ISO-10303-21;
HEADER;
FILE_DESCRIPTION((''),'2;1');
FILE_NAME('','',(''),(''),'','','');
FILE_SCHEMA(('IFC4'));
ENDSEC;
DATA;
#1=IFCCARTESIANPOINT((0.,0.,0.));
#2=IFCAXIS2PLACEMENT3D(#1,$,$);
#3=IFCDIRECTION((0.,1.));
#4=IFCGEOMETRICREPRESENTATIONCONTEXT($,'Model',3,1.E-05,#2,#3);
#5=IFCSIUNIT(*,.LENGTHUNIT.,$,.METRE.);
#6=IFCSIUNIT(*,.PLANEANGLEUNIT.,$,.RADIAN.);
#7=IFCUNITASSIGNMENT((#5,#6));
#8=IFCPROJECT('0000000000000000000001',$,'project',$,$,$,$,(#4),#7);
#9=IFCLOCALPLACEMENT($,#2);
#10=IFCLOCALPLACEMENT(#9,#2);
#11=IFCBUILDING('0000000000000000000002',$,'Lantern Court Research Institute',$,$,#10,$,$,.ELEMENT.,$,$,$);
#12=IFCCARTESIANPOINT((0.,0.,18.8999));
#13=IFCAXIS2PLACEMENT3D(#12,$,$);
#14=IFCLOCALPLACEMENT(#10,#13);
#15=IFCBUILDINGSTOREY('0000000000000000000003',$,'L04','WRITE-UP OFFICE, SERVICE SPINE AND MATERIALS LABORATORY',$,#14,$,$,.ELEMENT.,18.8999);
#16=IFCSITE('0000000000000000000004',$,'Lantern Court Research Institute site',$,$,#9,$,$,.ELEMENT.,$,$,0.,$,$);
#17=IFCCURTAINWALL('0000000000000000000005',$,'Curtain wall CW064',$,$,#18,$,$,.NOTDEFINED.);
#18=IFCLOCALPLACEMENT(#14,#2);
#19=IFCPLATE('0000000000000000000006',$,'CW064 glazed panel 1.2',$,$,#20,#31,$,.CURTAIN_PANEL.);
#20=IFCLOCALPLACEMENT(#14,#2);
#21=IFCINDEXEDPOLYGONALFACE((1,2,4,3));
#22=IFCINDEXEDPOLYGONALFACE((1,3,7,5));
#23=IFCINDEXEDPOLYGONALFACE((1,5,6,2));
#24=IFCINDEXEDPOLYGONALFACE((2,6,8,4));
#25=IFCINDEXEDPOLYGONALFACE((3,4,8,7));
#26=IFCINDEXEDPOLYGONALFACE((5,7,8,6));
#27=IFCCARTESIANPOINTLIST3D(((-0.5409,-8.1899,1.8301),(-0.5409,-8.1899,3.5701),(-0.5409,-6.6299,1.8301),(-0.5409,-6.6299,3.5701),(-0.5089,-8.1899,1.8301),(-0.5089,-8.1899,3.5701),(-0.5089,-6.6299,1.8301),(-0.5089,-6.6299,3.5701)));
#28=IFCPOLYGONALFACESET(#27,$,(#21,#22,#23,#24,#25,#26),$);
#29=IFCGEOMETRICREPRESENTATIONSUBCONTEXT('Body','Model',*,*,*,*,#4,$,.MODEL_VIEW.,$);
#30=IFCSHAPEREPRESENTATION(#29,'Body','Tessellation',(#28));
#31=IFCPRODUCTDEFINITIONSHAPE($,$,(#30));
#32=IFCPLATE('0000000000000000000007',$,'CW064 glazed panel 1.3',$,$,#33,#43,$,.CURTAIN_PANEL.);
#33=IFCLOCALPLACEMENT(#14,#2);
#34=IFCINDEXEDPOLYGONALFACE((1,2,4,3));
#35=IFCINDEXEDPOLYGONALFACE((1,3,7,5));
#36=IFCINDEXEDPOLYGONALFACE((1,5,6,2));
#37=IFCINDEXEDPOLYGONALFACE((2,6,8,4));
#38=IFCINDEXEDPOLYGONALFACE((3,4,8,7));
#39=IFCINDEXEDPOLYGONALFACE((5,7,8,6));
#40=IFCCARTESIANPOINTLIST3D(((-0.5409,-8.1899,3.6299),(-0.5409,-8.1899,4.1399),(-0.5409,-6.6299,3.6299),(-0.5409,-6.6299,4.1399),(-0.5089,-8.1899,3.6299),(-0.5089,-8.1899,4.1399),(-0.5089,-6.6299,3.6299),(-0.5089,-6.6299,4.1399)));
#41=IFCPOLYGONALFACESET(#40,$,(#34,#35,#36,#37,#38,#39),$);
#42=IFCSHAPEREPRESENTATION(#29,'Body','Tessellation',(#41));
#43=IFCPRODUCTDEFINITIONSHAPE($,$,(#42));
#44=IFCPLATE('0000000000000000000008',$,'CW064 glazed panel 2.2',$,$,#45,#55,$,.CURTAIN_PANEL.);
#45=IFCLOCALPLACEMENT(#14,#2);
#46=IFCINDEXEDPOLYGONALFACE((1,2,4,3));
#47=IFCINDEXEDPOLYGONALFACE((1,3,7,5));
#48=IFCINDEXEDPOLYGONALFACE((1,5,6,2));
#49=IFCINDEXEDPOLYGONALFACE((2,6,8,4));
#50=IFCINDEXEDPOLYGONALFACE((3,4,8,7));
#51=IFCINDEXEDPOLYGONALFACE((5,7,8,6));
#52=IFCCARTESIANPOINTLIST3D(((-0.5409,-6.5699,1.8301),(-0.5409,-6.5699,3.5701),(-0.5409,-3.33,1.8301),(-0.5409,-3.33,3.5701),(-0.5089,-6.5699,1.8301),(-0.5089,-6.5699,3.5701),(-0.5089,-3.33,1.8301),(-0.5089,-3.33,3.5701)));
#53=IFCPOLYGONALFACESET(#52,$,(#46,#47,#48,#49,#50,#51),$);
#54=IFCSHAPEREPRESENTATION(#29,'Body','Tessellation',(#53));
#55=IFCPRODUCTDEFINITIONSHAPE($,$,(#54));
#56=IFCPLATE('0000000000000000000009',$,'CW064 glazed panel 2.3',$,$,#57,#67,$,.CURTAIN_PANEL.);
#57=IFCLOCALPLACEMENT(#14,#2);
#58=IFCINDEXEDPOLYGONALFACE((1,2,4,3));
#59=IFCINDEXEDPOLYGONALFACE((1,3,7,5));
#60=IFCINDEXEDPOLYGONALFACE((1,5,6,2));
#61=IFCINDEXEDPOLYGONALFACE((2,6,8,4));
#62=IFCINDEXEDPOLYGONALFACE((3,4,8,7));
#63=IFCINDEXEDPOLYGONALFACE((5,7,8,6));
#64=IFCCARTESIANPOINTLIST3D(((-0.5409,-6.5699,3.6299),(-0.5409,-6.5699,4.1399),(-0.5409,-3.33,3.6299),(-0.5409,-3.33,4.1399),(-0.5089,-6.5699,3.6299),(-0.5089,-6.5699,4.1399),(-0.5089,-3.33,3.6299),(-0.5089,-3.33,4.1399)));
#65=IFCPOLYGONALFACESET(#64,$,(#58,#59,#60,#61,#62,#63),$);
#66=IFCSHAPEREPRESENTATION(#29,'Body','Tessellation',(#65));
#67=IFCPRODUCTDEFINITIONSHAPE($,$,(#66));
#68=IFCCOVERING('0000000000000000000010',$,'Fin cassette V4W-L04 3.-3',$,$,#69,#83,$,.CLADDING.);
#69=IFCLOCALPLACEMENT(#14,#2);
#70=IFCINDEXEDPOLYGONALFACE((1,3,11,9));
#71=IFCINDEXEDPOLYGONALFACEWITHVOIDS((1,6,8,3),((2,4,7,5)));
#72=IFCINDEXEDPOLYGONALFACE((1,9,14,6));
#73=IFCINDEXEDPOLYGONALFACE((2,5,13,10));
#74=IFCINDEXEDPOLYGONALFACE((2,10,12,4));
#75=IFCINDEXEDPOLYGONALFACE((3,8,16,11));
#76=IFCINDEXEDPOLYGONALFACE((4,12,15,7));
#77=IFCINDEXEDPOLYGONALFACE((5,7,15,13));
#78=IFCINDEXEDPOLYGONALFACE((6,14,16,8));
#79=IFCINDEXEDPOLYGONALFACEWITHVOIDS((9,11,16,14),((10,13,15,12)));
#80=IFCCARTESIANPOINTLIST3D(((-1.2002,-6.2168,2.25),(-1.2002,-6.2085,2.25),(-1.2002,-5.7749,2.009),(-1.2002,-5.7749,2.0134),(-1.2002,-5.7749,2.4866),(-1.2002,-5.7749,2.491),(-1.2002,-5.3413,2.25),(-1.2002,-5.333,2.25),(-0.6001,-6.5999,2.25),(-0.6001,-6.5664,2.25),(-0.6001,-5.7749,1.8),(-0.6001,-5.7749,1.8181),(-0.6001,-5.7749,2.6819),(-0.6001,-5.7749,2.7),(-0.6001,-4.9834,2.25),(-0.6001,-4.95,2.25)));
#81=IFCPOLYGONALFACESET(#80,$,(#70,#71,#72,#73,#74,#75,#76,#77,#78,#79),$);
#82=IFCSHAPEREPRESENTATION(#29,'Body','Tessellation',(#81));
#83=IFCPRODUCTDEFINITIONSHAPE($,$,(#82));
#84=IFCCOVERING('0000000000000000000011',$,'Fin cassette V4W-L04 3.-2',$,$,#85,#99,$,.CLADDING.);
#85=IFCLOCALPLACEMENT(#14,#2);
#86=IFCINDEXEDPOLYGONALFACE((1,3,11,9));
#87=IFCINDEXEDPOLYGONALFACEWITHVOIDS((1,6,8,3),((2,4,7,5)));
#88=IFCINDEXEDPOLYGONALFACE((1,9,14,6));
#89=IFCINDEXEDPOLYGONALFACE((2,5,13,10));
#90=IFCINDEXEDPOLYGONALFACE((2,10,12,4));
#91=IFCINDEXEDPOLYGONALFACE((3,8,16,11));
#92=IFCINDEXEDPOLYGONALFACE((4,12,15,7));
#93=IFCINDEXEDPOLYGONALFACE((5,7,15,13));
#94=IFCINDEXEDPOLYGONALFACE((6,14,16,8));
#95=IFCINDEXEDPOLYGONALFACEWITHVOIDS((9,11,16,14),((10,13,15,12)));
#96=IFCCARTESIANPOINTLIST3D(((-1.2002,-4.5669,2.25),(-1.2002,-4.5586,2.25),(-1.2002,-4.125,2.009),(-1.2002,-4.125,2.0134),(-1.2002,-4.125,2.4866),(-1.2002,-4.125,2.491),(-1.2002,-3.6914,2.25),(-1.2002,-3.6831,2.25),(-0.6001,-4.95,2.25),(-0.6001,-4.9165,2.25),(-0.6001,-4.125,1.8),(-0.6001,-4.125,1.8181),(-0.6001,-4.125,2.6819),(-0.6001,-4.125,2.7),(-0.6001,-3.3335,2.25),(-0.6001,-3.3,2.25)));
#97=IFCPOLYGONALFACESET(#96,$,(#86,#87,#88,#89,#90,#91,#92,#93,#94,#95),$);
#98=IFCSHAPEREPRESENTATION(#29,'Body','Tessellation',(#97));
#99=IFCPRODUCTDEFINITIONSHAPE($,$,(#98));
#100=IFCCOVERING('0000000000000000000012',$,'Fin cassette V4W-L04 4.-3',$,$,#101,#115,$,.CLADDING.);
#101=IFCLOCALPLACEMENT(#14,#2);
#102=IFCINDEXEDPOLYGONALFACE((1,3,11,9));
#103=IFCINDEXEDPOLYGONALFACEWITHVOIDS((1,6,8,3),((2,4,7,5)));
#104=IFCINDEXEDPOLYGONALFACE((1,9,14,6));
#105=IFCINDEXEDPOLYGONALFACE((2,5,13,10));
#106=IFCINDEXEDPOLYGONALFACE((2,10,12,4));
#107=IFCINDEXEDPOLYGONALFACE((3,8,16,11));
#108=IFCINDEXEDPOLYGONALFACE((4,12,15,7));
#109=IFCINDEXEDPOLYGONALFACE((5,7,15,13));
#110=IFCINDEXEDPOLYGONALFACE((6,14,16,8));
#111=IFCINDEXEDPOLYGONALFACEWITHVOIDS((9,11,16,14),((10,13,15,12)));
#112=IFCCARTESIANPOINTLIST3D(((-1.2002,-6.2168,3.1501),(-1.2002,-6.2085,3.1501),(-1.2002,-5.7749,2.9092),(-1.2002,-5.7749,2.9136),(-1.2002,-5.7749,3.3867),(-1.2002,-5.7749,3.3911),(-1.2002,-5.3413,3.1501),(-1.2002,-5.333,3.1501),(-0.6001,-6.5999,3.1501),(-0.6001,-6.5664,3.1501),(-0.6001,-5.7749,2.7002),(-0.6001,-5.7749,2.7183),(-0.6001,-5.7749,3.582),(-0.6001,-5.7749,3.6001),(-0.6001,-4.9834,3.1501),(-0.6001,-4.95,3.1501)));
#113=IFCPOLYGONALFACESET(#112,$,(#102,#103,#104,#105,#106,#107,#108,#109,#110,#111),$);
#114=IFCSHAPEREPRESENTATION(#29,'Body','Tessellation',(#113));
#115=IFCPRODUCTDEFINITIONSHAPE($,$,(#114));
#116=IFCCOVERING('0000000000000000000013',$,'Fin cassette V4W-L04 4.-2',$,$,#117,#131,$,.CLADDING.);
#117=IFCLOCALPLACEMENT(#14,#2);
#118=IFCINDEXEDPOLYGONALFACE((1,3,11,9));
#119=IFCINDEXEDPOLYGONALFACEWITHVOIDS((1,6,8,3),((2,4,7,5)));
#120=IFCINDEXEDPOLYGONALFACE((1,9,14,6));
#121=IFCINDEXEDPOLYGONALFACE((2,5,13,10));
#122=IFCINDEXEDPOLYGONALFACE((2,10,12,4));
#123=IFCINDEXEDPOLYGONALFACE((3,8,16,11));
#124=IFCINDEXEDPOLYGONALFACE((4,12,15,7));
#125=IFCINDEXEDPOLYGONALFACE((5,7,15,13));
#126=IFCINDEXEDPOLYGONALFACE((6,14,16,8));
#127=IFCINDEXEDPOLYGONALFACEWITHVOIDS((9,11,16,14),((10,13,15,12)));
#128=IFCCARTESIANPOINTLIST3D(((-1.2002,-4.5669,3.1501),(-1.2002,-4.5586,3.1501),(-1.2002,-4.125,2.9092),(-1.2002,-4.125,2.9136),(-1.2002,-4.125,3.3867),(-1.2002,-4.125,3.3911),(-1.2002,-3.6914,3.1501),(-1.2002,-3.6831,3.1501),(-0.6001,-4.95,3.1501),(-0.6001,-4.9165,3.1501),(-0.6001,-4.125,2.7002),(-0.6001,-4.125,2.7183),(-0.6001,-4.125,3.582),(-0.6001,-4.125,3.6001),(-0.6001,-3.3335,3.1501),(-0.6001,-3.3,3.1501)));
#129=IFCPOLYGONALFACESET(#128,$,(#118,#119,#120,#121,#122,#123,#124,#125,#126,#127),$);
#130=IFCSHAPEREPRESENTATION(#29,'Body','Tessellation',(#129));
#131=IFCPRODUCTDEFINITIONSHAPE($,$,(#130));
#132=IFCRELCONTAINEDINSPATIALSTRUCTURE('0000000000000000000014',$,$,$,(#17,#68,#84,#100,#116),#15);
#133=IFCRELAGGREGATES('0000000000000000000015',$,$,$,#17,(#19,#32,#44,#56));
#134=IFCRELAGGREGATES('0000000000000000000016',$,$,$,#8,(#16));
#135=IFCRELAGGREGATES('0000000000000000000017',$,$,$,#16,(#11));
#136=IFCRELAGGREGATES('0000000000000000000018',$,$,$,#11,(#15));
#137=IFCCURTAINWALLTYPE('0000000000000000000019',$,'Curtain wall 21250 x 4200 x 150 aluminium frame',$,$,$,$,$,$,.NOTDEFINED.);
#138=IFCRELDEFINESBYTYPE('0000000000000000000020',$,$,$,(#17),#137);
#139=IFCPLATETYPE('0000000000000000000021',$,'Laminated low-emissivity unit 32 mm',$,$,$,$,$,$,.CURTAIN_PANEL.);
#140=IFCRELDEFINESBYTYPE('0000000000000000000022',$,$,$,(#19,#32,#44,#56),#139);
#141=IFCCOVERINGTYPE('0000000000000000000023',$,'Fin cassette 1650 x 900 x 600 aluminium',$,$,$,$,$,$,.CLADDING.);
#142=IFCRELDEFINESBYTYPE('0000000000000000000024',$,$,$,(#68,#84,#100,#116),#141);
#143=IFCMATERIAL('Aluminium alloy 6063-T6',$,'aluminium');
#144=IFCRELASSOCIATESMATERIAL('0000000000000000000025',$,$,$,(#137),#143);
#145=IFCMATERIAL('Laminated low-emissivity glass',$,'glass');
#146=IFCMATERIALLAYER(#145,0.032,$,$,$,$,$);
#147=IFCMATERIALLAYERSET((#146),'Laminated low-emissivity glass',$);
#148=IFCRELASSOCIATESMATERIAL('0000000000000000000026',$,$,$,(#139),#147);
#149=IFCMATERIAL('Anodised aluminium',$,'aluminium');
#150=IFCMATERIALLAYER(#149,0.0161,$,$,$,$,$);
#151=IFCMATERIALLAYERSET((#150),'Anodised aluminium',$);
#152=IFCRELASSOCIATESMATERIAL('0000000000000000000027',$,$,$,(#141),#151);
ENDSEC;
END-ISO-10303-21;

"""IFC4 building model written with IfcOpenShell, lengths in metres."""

from ifc_helpers import new_model, entity, si_unit, direction, frame, origin, origin_2d, place, context, subcontext, project, spatial, rectangle, extrude, material, layer, layer_set, type_object, element, aggregate, save


model = new_model("IFC4")

# Units and contexts
model_context = context("Model", 3, precision=1e-05, world=origin(), true_north=direction((0.0, 1.0)))
body_context = subcontext(model_context, "Body", "Model", "MODEL_VIEW")
ifc_project = project(units=[si_unit("LENGTHUNIT", "METRE"), si_unit("PLANEANGLEUNIT", "RADIAN")], contexts=[model_context])

# Site, building, storey
site_placement = place(None, origin())
site = spatial("IfcSite", under=ifc_project, at=site_placement, Name="Lantern Court Research Institute site", CompositionType="ELEMENT", RefElevation=0.0)
building_placement = place(site_placement, origin())
building = spatial("IfcBuilding", under=site, at=building_placement, Name="Lantern Court Research Institute", CompositionType="ELEMENT")
storey_placement = place(building_placement, frame((0.0, 0.0, 18.8999)))
storey = spatial("IfcBuildingStorey", under=building, at=storey_placement, Name="L04", Description="WRITE-UP OFFICE, SERVICE SPINE AND MATERIALS LABORATORY", CompositionType="ELEMENT", Elevation=18.8999)

# Curtain wall
ifc_material_1 = material(Name="Aluminium alloy 6063-T6", Category="aluminium")
curtain_wall_type = type_object("IfcCurtainWallType", Name="Curtain wall 21250 x 4200 x 150 aluminium frame", PredefinedType="NOTDEFINED", material=ifc_material_1)
curtain_wall_placement = place(storey_placement, origin())
curtain_wall = element("IfcCurtainWall", 1, at=curtain_wall_placement, inside=storey, type_object=curtain_wall_type, Name="Curtain wall CW064", PredefinedType="NOTDEFINED")

# Plates
ifc_material_2 = material(Name="Laminated low-emissivity glass", Category="glass")
ifc_layer_1 = layer(ifc_material_2, 0.032)
ifc_layer_set_1 = layer_set([ifc_layer_1], Name="Laminated low-emissivity glass")
plate_type_1 = type_object("IfcPlateType", Name="Laminated low-emissivity unit 32 mm", PredefinedType="CURTAIN_PANEL", material=ifc_layer_set_1)
plate_1_placement = place(storey_placement, frame((-0.5249, -7.4099, 1.8301), z_axis=(0.0, 0.0, 1.0), x_axis=(0.0, 1.0, 0.0)))
plate_1 = element("IfcPlate", 2, at=plate_1_placement, type_object=plate_type_1, Name="CW064 glazed panel 1.2", PredefinedType="CURTAIN_PANEL", context=body_context, shape_type="SweptSolid", body=[
    extrude(rectangle(XDim=1.5601, YDim=0.032, at=origin_2d()), origin(), (0.0, 0.0, 1.0), 1.74),
])
plate_2_placement = place(storey_placement, frame((-0.5249, -7.4099, 3.6299), z_axis=(0.0, 0.0, 1.0), x_axis=(0.0, 1.0, 0.0)))
plate_2 = element("IfcPlate", 3, at=plate_2_placement, type_object=plate_type_1, Name="CW064 glazed panel 1.3", PredefinedType="CURTAIN_PANEL", context=body_context, shape_type="SweptSolid", body=[
    extrude(rectangle(XDim=1.5601, YDim=0.032, at=origin_2d()), origin(), (0.0, 0.0, 1.0), 0.51),
])
plate_3_placement = place(storey_placement, frame((-0.5249, -4.95, 1.8301), z_axis=(0.0, 0.0, 1.0), x_axis=(0.0, 1.0, 0.0)))
plate_3 = element("IfcPlate", 4, at=plate_3_placement, type_object=plate_type_1, Name="CW064 glazed panel 2.2", PredefinedType="CURTAIN_PANEL", context=body_context, shape_type="SweptSolid", body=[
    extrude(rectangle(XDim=3.24, YDim=0.032, at=origin_2d()), origin(), (0.0, 0.0, 1.0), 1.74),
])
plate_4_placement = place(storey_placement, frame((-0.5249, -4.95, 3.6299), z_axis=(0.0, 0.0, 1.0), x_axis=(0.0, 1.0, 0.0)))
plate_4 = element("IfcPlate", 5, at=plate_4_placement, type_object=plate_type_1, Name="CW064 glazed panel 2.3", PredefinedType="CURTAIN_PANEL", context=body_context, shape_type="SweptSolid", body=[
    extrude(rectangle(XDim=3.24, YDim=0.032, at=origin_2d()), origin(), (0.0, 0.0, 1.0), 0.51),
])
aggregate(curtain_wall, [plate_1, plate_2, plate_3, plate_4])

# Coverings
ifc_material_3 = material(Name="Anodised aluminium", Category="aluminium")
ifc_layer_2 = layer(ifc_material_3, 0.0161)
ifc_layer_set_2 = layer_set([ifc_layer_2], Name="Anodised aluminium")
covering_type = type_object("IfcCoveringType", Name="Fin cassette 1650 x 900 x 600 aluminium", PredefinedType="CLADDING", material=ifc_layer_set_2)
covering_1_placement = place(storey_placement, frame((-0.6001, -5.7749, 2.25), z_axis=(-1.0, 0.0, 0.0), x_axis=(0.0, -1.0, 0.0)))
cartesian_point_1 = entity("IfcCartesianPoint", [0.825, 0.0])
cartesian_point_2 = entity("IfcCartesianPoint", [0.7915, 0.0])
cartesian_point_3 = entity("IfcCartesianPoint", [0.4419, 0.0])
cartesian_point_4 = entity("IfcCartesianPoint", [0.4336, 0.0])
element("IfcCovering", 6, at=covering_1_placement, inside=storey, type_object=covering_type, Name="Fin cassette V4W-L04 3.-3", PredefinedType="CLADDING", context=body_context, shape_type="SweptSolid", body=[
    entity("IfcExtrudedAreaSolidTapered", entity("IfcArbitraryProfileDefWithVoids", "AREA", None, entity("IfcPolyline", [cartesian_point_1, entity("IfcCartesianPoint", [0.0, 0.45]), entity("IfcCartesianPoint", [-0.825, 0.0]), entity("IfcCartesianPoint", [0.0, -0.45]), cartesian_point_1]), [entity("IfcPolyline", [cartesian_point_2, entity("IfcCartesianPoint", [0.0, 0.4319]), entity("IfcCartesianPoint", [-0.7915, 0.0]), entity("IfcCartesianPoint", [0.0, -0.4319]), cartesian_point_2])]), entity("IfcAxis2Placement3D", entity("IfcCartesianPoint", [0.0, 0.0, 0.0])), entity("IfcDirection", [0.0, 0.0, 1.0]), 0.6001, entity("IfcArbitraryProfileDefWithVoids", "AREA", None, entity("IfcPolyline", [cartesian_point_3, entity("IfcCartesianPoint", [0.0, 0.241]), entity("IfcCartesianPoint", [-0.4419, 0.0]), entity("IfcCartesianPoint", [0.0, -0.241]), cartesian_point_3]), [entity("IfcPolyline", [cartesian_point_4, entity("IfcCartesianPoint", [0.0, 0.2366]), entity("IfcCartesianPoint", [-0.4336, 0.0]), entity("IfcCartesianPoint", [0.0, -0.2366]), cartesian_point_4])])),
])
covering_2_placement = place(storey_placement, frame((-0.6001, -4.125, 2.25), z_axis=(-1.0, 0.0, 0.0), x_axis=(0.0, -1.0, 0.0)))
cartesian_point_5 = entity("IfcCartesianPoint", [0.825, 0.0])
cartesian_point_6 = entity("IfcCartesianPoint", [0.7915, 0.0])
cartesian_point_7 = entity("IfcCartesianPoint", [0.4419, 0.0])
cartesian_point_8 = entity("IfcCartesianPoint", [0.4336, 0.0])
element("IfcCovering", 7, at=covering_2_placement, inside=storey, type_object=covering_type, Name="Fin cassette V4W-L04 3.-2", PredefinedType="CLADDING", context=body_context, shape_type="SweptSolid", body=[
    entity("IfcExtrudedAreaSolidTapered", entity("IfcArbitraryProfileDefWithVoids", "AREA", None, entity("IfcPolyline", [cartesian_point_5, entity("IfcCartesianPoint", [0.0, 0.45]), entity("IfcCartesianPoint", [-0.825, 0.0]), entity("IfcCartesianPoint", [0.0, -0.45]), cartesian_point_5]), [entity("IfcPolyline", [cartesian_point_6, entity("IfcCartesianPoint", [0.0, 0.4319]), entity("IfcCartesianPoint", [-0.7915, 0.0]), entity("IfcCartesianPoint", [0.0, -0.4319]), cartesian_point_6])]), entity("IfcAxis2Placement3D", entity("IfcCartesianPoint", [0.0, 0.0, 0.0])), entity("IfcDirection", [0.0, 0.0, 1.0]), 0.6001, entity("IfcArbitraryProfileDefWithVoids", "AREA", None, entity("IfcPolyline", [cartesian_point_7, entity("IfcCartesianPoint", [0.0, 0.241]), entity("IfcCartesianPoint", [-0.4419, 0.0]), entity("IfcCartesianPoint", [0.0, -0.241]), cartesian_point_7]), [entity("IfcPolyline", [cartesian_point_8, entity("IfcCartesianPoint", [0.0, 0.2366]), entity("IfcCartesianPoint", [-0.4336, 0.0]), entity("IfcCartesianPoint", [0.0, -0.2366]), cartesian_point_8])])),
])
covering_3_placement = place(storey_placement, frame((-0.6001, -5.7749, 3.1501), z_axis=(-1.0, 0.0, 0.0), x_axis=(0.0, -1.0, 0.0)))
cartesian_point_9 = entity("IfcCartesianPoint", [0.825, 0.0])
cartesian_point_10 = entity("IfcCartesianPoint", [0.7915, 0.0])
cartesian_point_11 = entity("IfcCartesianPoint", [0.4419, 0.0])
cartesian_point_12 = entity("IfcCartesianPoint", [0.4336, 0.0])
element("IfcCovering", 8, at=covering_3_placement, inside=storey, type_object=covering_type, Name="Fin cassette V4W-L04 4.-3", PredefinedType="CLADDING", context=body_context, shape_type="SweptSolid", body=[
    entity("IfcExtrudedAreaSolidTapered", entity("IfcArbitraryProfileDefWithVoids", "AREA", None, entity("IfcPolyline", [cartesian_point_9, entity("IfcCartesianPoint", [0.0, 0.45]), entity("IfcCartesianPoint", [-0.825, 0.0]), entity("IfcCartesianPoint", [0.0, -0.45]), cartesian_point_9]), [entity("IfcPolyline", [cartesian_point_10, entity("IfcCartesianPoint", [0.0, 0.4319]), entity("IfcCartesianPoint", [-0.7915, 0.0]), entity("IfcCartesianPoint", [0.0, -0.4319]), cartesian_point_10])]), entity("IfcAxis2Placement3D", entity("IfcCartesianPoint", [0.0, 0.0, 0.0])), entity("IfcDirection", [0.0, 0.0, 1.0]), 0.6001, entity("IfcArbitraryProfileDefWithVoids", "AREA", None, entity("IfcPolyline", [cartesian_point_11, entity("IfcCartesianPoint", [0.0, 0.241]), entity("IfcCartesianPoint", [-0.4419, 0.0]), entity("IfcCartesianPoint", [0.0, -0.241]), cartesian_point_11]), [entity("IfcPolyline", [cartesian_point_12, entity("IfcCartesianPoint", [0.0, 0.2366]), entity("IfcCartesianPoint", [-0.4336, 0.0]), entity("IfcCartesianPoint", [0.0, -0.2366]), cartesian_point_12])])),
])
covering_4_placement = place(storey_placement, frame((-0.6001, -4.125, 3.1501), z_axis=(-1.0, 0.0, 0.0), x_axis=(0.0, -1.0, 0.0)))
cartesian_point_13 = entity("IfcCartesianPoint", [0.825, 0.0])
cartesian_point_14 = entity("IfcCartesianPoint", [0.7915, 0.0])
cartesian_point_15 = entity("IfcCartesianPoint", [0.4419, 0.0])
cartesian_point_16 = entity("IfcCartesianPoint", [0.4336, 0.0])
element("IfcCovering", 9, at=covering_4_placement, inside=storey, type_object=covering_type, Name="Fin cassette V4W-L04 4.-2", PredefinedType="CLADDING", context=body_context, shape_type="SweptSolid", body=[
    entity("IfcExtrudedAreaSolidTapered", entity("IfcArbitraryProfileDefWithVoids", "AREA", None, entity("IfcPolyline", [cartesian_point_13, entity("IfcCartesianPoint", [0.0, 0.45]), entity("IfcCartesianPoint", [-0.825, 0.0]), entity("IfcCartesianPoint", [0.0, -0.45]), cartesian_point_13]), [entity("IfcPolyline", [cartesian_point_14, entity("IfcCartesianPoint", [0.0, 0.4319]), entity("IfcCartesianPoint", [-0.7915, 0.0]), entity("IfcCartesianPoint", [0.0, -0.4319]), cartesian_point_14])]), entity("IfcAxis2Placement3D", entity("IfcCartesianPoint", [0.0, 0.0, 0.0])), entity("IfcDirection", [0.0, 0.0, 1.0]), 0.6001, entity("IfcArbitraryProfileDefWithVoids", "AREA", None, entity("IfcPolyline", [cartesian_point_15, entity("IfcCartesianPoint", [0.0, 0.241]), entity("IfcCartesianPoint", [-0.4419, 0.0]), entity("IfcCartesianPoint", [0.0, -0.241]), cartesian_point_15]), [entity("IfcPolyline", [cartesian_point_16, entity("IfcCartesianPoint", [0.0, 0.2366]), entity("IfcCartesianPoint", [-0.4336, 0.0]), entity("IfcCartesianPoint", [0.0, -0.2366]), cartesian_point_16])])),
])

save(model, "model.ifc")
